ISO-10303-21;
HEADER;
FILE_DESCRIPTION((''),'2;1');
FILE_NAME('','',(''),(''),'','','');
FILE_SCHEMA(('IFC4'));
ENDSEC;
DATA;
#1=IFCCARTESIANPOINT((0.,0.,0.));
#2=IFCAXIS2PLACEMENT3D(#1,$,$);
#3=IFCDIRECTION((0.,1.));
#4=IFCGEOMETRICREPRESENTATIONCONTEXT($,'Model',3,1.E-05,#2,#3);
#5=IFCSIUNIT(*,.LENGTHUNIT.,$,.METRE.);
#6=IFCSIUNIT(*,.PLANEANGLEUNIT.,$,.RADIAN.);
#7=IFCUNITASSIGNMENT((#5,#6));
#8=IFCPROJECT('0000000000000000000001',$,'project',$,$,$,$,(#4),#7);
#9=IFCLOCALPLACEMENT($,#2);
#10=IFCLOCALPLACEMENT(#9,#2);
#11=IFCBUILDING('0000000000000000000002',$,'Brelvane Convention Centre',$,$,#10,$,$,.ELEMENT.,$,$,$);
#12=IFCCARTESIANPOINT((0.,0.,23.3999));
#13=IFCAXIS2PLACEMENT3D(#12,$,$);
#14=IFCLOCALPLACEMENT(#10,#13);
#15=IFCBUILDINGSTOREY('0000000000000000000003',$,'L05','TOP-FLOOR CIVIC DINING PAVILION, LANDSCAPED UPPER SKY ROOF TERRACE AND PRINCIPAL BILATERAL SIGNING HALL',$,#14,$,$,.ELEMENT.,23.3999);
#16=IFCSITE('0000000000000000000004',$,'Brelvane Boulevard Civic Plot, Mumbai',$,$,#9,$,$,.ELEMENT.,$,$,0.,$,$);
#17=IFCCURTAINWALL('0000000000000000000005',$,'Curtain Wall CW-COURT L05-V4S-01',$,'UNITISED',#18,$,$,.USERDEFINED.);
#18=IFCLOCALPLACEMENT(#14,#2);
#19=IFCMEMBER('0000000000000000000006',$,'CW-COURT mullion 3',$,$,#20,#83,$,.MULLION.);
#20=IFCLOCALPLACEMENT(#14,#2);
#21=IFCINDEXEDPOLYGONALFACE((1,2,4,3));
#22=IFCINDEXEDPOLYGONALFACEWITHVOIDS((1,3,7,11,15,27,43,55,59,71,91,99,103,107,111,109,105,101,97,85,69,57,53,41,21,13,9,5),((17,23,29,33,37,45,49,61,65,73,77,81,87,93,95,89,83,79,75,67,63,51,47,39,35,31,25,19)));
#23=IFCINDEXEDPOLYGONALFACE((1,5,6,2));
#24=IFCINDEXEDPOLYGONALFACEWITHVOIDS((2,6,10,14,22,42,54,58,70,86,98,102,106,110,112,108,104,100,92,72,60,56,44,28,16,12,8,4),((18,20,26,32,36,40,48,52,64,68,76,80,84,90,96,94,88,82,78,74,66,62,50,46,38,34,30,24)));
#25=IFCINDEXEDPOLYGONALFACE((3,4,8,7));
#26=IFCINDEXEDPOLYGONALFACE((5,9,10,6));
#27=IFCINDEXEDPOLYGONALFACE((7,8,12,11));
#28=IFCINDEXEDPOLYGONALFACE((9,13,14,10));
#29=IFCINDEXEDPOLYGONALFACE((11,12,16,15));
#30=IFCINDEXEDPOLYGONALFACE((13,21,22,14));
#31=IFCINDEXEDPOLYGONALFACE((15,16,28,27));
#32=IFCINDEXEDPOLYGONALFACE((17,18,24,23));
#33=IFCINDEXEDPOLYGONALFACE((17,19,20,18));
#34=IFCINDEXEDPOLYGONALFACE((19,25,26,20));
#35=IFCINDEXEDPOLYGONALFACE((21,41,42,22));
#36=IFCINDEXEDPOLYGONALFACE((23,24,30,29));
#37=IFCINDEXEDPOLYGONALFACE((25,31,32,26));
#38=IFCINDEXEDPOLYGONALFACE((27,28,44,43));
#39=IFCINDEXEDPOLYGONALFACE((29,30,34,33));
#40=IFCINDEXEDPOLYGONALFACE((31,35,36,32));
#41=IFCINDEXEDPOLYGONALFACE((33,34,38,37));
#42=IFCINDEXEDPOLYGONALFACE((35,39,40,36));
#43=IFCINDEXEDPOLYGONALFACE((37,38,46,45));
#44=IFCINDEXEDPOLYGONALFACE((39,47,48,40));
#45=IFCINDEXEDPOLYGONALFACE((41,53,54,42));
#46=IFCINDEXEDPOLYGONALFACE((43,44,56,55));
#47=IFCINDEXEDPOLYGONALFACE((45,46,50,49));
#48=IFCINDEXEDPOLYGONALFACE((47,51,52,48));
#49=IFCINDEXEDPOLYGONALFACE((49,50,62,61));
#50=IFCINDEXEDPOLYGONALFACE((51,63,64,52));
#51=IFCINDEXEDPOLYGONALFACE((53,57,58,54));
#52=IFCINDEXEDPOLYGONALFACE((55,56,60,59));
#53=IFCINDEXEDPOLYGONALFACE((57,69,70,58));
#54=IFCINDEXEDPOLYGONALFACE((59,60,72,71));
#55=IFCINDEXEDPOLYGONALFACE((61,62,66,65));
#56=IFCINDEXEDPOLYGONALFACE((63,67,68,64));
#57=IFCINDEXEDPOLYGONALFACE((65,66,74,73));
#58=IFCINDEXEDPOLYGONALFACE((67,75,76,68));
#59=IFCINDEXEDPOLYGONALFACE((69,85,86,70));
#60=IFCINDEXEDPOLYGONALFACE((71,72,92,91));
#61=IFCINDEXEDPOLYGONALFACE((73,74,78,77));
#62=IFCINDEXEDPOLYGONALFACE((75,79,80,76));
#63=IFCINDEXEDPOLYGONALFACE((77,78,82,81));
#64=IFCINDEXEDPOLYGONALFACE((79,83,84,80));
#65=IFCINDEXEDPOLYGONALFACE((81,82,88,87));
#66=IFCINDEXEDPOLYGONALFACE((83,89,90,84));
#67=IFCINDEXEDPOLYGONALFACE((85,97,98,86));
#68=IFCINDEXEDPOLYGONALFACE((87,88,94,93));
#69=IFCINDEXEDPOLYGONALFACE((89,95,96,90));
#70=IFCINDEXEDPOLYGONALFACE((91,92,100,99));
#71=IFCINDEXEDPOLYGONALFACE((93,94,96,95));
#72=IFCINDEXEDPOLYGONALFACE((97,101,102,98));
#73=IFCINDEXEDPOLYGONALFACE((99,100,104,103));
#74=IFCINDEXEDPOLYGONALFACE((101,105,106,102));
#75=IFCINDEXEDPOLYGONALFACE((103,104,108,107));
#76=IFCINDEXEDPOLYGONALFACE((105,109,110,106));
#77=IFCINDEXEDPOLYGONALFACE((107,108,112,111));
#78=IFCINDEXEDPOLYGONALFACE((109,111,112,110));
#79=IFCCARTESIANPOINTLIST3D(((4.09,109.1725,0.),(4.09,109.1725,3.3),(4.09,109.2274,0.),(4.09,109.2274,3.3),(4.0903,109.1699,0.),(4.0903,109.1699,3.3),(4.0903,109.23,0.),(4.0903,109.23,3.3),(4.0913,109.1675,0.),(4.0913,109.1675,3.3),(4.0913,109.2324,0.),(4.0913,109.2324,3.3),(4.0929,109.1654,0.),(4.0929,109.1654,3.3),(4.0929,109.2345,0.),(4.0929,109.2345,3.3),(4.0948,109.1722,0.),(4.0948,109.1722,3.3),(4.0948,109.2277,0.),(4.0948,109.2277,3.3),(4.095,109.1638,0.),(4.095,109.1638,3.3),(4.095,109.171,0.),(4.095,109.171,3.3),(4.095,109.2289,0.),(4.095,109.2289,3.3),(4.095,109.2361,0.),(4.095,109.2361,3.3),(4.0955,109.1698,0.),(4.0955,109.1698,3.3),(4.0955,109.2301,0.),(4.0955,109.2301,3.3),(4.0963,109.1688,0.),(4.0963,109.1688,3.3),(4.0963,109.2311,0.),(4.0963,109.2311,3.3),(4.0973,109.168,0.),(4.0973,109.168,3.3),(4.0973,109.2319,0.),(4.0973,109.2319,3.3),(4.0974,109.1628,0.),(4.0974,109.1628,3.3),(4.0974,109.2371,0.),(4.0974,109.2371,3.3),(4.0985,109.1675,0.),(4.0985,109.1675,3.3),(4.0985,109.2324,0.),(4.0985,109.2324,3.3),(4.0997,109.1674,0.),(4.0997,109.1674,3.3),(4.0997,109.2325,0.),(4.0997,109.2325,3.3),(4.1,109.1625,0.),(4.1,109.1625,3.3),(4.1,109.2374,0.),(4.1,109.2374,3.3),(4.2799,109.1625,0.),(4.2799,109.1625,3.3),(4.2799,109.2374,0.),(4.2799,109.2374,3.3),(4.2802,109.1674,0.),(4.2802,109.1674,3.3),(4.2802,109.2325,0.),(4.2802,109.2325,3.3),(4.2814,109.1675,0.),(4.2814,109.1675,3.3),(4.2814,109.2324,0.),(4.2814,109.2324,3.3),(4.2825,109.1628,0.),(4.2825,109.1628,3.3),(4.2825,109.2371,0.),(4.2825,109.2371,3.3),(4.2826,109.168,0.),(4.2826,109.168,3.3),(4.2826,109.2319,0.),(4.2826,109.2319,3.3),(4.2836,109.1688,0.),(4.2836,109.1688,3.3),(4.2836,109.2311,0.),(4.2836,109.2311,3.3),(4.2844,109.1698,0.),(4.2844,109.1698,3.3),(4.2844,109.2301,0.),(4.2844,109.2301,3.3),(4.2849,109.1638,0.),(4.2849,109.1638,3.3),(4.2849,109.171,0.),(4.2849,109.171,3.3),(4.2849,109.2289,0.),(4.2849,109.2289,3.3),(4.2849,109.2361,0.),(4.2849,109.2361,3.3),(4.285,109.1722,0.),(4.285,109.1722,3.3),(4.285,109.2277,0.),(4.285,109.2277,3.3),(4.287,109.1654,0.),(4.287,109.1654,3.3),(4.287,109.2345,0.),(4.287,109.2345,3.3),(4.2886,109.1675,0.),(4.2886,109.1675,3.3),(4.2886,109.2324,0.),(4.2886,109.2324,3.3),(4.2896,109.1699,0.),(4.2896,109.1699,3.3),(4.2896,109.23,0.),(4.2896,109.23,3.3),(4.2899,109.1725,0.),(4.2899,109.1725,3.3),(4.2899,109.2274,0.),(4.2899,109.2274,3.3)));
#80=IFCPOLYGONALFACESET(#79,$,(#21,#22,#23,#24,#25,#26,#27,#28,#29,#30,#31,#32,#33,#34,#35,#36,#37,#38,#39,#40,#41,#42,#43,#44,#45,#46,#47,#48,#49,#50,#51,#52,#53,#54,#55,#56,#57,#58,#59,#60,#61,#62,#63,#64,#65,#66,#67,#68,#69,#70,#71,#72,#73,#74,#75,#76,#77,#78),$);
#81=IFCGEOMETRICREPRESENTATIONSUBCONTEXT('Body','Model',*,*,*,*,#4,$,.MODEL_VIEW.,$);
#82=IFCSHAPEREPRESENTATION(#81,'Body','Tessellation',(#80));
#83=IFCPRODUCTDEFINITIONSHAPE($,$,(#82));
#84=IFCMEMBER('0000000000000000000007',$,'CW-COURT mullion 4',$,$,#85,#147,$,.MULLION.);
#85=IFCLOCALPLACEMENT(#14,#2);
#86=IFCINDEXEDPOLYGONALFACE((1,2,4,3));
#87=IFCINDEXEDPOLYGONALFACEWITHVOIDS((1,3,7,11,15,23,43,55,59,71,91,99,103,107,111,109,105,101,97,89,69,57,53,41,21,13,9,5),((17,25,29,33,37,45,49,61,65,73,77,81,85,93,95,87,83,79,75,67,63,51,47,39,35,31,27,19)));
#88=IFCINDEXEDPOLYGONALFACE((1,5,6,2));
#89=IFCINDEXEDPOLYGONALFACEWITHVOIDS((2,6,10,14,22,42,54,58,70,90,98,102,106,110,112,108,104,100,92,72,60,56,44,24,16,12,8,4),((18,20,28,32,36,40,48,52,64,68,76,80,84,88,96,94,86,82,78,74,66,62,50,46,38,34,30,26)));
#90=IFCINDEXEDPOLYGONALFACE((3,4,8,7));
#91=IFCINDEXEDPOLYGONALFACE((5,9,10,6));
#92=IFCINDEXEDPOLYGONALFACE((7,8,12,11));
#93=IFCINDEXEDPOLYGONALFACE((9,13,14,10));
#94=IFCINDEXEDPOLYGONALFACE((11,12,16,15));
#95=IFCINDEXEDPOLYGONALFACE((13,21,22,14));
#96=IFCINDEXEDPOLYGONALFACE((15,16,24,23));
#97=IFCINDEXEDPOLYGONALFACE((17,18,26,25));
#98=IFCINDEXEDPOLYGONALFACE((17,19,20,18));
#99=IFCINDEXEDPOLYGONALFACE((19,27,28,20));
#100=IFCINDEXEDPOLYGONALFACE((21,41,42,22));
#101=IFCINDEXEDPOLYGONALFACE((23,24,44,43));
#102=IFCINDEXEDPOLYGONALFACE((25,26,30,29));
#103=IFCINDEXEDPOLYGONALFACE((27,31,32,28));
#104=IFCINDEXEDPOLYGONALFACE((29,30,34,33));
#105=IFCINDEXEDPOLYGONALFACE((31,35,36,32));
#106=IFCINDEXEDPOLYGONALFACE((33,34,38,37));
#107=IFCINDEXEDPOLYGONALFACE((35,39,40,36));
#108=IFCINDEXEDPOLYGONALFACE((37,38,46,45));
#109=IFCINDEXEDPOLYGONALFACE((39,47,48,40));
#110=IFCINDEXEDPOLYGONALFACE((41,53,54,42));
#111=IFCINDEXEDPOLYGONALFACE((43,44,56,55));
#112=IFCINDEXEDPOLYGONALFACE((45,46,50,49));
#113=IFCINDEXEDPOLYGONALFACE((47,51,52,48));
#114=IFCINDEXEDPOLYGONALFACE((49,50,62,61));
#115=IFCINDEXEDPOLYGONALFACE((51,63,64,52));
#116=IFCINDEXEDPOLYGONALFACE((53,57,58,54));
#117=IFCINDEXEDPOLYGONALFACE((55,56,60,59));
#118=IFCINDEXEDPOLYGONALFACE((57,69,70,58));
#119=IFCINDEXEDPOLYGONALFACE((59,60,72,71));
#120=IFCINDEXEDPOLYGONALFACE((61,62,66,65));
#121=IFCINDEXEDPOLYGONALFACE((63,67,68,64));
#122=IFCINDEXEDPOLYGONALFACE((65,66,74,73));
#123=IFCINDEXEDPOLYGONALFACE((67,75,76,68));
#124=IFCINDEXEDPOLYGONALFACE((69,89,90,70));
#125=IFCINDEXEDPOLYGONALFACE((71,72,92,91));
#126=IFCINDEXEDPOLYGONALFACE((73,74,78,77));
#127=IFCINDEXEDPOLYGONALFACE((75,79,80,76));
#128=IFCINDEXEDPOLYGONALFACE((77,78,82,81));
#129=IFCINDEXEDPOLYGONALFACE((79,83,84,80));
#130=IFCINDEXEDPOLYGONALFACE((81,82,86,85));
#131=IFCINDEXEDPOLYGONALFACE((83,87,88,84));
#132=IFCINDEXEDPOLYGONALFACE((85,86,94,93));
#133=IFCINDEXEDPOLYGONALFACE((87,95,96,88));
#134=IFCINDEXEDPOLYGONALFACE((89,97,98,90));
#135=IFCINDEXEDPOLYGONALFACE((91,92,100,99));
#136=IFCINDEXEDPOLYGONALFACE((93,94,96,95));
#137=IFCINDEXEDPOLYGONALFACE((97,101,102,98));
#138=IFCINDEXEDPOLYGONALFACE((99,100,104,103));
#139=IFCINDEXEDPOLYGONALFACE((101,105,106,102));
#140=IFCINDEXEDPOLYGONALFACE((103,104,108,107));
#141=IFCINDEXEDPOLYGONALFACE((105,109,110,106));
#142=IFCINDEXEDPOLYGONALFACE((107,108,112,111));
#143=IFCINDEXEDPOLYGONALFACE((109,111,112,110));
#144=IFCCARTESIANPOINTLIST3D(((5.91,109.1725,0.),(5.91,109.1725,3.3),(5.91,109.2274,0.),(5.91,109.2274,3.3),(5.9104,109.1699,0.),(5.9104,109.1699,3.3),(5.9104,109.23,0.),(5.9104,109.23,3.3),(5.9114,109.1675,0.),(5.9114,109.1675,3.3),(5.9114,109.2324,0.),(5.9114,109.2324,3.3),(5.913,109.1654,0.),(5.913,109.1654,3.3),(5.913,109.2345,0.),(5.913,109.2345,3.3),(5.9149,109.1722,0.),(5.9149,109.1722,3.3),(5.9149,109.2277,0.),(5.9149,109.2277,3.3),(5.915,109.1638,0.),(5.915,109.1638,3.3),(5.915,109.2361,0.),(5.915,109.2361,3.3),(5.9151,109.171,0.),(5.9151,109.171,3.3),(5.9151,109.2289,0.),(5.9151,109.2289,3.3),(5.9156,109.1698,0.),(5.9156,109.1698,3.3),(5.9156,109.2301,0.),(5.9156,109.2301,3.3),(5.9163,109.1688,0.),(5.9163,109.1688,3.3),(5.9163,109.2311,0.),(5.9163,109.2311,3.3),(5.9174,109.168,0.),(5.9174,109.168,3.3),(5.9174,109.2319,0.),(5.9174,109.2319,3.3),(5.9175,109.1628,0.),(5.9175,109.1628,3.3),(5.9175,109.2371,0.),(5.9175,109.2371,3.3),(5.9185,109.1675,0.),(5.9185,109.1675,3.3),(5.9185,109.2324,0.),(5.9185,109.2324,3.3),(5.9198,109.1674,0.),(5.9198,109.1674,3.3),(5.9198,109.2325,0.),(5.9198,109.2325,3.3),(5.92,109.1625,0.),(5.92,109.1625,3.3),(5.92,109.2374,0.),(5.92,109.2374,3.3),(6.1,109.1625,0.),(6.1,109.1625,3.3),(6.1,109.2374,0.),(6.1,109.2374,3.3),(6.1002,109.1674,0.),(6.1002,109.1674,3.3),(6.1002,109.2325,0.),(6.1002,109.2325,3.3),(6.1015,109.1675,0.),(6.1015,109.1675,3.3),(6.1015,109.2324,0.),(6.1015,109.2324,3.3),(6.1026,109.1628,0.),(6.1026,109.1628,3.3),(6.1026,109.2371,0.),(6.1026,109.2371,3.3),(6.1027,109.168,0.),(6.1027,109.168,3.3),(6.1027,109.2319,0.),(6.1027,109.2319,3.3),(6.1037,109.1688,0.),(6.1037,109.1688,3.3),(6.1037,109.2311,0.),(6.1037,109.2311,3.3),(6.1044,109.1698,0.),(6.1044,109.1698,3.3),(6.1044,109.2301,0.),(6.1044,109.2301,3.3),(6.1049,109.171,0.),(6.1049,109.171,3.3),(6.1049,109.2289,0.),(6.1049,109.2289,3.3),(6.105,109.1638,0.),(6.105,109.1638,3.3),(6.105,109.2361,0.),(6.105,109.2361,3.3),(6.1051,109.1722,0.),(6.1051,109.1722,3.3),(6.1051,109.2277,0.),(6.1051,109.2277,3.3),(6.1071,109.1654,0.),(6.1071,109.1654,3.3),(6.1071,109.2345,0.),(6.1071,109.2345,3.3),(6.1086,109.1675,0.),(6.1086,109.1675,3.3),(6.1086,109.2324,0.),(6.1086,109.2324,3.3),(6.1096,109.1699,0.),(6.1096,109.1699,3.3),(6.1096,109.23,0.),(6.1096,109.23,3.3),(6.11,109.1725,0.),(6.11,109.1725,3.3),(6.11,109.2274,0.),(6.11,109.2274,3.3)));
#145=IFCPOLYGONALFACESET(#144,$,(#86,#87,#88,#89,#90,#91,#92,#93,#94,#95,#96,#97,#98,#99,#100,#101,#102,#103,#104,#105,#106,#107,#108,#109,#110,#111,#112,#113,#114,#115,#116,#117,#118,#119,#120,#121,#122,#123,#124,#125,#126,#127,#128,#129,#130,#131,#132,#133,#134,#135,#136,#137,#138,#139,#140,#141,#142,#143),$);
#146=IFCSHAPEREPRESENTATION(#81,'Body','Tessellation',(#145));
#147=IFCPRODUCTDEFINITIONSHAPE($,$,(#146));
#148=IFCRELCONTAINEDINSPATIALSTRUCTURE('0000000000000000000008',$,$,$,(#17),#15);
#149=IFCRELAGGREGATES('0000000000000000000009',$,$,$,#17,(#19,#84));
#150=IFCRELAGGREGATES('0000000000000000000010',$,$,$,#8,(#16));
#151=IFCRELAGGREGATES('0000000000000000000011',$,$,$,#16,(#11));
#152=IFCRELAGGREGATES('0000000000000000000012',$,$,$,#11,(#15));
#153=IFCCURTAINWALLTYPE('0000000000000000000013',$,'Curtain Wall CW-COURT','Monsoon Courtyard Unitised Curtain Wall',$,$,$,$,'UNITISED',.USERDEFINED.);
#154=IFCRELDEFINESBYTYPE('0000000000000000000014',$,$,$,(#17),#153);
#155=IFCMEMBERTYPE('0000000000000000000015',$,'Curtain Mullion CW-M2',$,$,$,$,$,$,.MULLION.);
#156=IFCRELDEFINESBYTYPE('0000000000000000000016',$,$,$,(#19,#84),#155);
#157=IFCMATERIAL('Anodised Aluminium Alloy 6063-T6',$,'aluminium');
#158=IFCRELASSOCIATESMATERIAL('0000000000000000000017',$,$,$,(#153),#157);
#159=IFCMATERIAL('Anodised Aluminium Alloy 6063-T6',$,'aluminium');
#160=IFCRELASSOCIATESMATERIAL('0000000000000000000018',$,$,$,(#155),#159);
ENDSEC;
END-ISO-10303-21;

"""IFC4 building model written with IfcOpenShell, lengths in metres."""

from ifc_helpers import new_model, si_unit, direction, frame, origin, origin_2d, place, context, subcontext, project, spatial, hollow_rectangle, extrude, material, material_profile, profile_set, type_object, element, aggregate, save


model = new_model("IFC4")

# Units and contexts
model_context = context("Model", 3, precision=1e-05, world=origin(), true_north=direction((0.0, 1.0)))
body_context = subcontext(model_context, "Body", "Model", "MODEL_VIEW")
ifc_project = project(units=[si_unit("LENGTHUNIT", "METRE"), si_unit("PLANEANGLEUNIT", "RADIAN")], contexts=[model_context])

# Site, building, storey
site_placement = place(None, origin())
site = spatial("IfcSite", under=ifc_project, at=site_placement, Name="Brelvane Boulevard Civic Plot, Mumbai", CompositionType="ELEMENT", RefElevation=0.0)
building_placement = place(site_placement, origin())
building = spatial("IfcBuilding", under=site, at=building_placement, Name="Brelvane Convention Centre", CompositionType="ELEMENT")
storey_placement = place(building_placement, frame((0.0, 0.0, 23.3999)))
storey = spatial("IfcBuildingStorey", under=building, at=storey_placement, Name="L05", Description="TOP-FLOOR CIVIC DINING PAVILION, LANDSCAPED UPPER SKY ROOF TERRACE AND PRINCIPAL BILATERAL SIGNING HALL", CompositionType="ELEMENT", Elevation=23.3999)

# Curtain wall, members
ifc_material_1 = material(Name="Anodised Aluminium Alloy 6063-T6", Category="aluminium")
curtain_wall_type = type_object("IfcCurtainWallType", Name="Curtain Wall CW-COURT", Description="Monsoon Courtyard Unitised Curtain Wall", ElementType="UNITISED", PredefinedType="USERDEFINED", material=ifc_material_1)
curtain_wall_1_placement = place(storey_placement, origin())
curtain_wall_1 = element("IfcCurtainWall", 1, at=curtain_wall_1_placement, inside=storey, type_object=curtain_wall_type, Name="Curtain Wall CW-COURT L05-V4S-01", ObjectType="UNITISED", PredefinedType="USERDEFINED")
ifc_material_2 = material(Name="Anodised Aluminium Alloy 6063-T6", Category="aluminium")
ifc_material_profile_1 = material_profile(ifc_material_2, hollow_rectangle(XDim=0.075, YDim=0.2, WallThickness=0.0049, InnerFilletRadius=0.0049, OuterFilletRadius=0.01, at=origin_2d()), Name="ALU-M 200x75x5.0")
ifc_profile_set_1 = profile_set([ifc_material_profile_1], Name="Anodised Aluminium Alloy 6063-T6")
member_type_1 = type_object("IfcMemberType", Name="Curtain Mullion CW-M2", PredefinedType="MULLION", material=ifc_profile_set_1)
member_1_placement = place(storey_placement, frame((4.1899, 109.2, 0.0), z_axis=(0.0, 0.0, 1.0), x_axis=(0.0, 1.0, 0.0)))
member_1 = element("IfcMember", 2, at=member_1_placement, type_object=member_type_1, Name="CW-COURT mullion 3", PredefinedType="MULLION", context=body_context, shape_type="SweptSolid", body=[
    extrude(hollow_rectangle(XDim=0.075, YDim=0.2, WallThickness=0.0049, InnerFilletRadius=0.0049, OuterFilletRadius=0.01, at=origin_2d()), origin(), (0.0, 0.0, 1.0), 3.3),
])
member_2_placement = place(storey_placement, frame((6.01, 109.2, 0.0), z_axis=(0.0, 0.0, 1.0), x_axis=(0.0, 1.0, 0.0)))
member_2 = element("IfcMember", 3, at=member_2_placement, type_object=member_type_1, Name="CW-COURT mullion 4", PredefinedType="MULLION", context=body_context, shape_type="SweptSolid", body=[
    extrude(hollow_rectangle(XDim=0.075, YDim=0.2, WallThickness=0.0049, InnerFilletRadius=0.0049, OuterFilletRadius=0.01, at=origin_2d()), origin(), (0.0, 0.0, 1.0), 3.3),
])

aggregate(curtain_wall_1, [member_1, member_2])

save(model, "model.ifc")
